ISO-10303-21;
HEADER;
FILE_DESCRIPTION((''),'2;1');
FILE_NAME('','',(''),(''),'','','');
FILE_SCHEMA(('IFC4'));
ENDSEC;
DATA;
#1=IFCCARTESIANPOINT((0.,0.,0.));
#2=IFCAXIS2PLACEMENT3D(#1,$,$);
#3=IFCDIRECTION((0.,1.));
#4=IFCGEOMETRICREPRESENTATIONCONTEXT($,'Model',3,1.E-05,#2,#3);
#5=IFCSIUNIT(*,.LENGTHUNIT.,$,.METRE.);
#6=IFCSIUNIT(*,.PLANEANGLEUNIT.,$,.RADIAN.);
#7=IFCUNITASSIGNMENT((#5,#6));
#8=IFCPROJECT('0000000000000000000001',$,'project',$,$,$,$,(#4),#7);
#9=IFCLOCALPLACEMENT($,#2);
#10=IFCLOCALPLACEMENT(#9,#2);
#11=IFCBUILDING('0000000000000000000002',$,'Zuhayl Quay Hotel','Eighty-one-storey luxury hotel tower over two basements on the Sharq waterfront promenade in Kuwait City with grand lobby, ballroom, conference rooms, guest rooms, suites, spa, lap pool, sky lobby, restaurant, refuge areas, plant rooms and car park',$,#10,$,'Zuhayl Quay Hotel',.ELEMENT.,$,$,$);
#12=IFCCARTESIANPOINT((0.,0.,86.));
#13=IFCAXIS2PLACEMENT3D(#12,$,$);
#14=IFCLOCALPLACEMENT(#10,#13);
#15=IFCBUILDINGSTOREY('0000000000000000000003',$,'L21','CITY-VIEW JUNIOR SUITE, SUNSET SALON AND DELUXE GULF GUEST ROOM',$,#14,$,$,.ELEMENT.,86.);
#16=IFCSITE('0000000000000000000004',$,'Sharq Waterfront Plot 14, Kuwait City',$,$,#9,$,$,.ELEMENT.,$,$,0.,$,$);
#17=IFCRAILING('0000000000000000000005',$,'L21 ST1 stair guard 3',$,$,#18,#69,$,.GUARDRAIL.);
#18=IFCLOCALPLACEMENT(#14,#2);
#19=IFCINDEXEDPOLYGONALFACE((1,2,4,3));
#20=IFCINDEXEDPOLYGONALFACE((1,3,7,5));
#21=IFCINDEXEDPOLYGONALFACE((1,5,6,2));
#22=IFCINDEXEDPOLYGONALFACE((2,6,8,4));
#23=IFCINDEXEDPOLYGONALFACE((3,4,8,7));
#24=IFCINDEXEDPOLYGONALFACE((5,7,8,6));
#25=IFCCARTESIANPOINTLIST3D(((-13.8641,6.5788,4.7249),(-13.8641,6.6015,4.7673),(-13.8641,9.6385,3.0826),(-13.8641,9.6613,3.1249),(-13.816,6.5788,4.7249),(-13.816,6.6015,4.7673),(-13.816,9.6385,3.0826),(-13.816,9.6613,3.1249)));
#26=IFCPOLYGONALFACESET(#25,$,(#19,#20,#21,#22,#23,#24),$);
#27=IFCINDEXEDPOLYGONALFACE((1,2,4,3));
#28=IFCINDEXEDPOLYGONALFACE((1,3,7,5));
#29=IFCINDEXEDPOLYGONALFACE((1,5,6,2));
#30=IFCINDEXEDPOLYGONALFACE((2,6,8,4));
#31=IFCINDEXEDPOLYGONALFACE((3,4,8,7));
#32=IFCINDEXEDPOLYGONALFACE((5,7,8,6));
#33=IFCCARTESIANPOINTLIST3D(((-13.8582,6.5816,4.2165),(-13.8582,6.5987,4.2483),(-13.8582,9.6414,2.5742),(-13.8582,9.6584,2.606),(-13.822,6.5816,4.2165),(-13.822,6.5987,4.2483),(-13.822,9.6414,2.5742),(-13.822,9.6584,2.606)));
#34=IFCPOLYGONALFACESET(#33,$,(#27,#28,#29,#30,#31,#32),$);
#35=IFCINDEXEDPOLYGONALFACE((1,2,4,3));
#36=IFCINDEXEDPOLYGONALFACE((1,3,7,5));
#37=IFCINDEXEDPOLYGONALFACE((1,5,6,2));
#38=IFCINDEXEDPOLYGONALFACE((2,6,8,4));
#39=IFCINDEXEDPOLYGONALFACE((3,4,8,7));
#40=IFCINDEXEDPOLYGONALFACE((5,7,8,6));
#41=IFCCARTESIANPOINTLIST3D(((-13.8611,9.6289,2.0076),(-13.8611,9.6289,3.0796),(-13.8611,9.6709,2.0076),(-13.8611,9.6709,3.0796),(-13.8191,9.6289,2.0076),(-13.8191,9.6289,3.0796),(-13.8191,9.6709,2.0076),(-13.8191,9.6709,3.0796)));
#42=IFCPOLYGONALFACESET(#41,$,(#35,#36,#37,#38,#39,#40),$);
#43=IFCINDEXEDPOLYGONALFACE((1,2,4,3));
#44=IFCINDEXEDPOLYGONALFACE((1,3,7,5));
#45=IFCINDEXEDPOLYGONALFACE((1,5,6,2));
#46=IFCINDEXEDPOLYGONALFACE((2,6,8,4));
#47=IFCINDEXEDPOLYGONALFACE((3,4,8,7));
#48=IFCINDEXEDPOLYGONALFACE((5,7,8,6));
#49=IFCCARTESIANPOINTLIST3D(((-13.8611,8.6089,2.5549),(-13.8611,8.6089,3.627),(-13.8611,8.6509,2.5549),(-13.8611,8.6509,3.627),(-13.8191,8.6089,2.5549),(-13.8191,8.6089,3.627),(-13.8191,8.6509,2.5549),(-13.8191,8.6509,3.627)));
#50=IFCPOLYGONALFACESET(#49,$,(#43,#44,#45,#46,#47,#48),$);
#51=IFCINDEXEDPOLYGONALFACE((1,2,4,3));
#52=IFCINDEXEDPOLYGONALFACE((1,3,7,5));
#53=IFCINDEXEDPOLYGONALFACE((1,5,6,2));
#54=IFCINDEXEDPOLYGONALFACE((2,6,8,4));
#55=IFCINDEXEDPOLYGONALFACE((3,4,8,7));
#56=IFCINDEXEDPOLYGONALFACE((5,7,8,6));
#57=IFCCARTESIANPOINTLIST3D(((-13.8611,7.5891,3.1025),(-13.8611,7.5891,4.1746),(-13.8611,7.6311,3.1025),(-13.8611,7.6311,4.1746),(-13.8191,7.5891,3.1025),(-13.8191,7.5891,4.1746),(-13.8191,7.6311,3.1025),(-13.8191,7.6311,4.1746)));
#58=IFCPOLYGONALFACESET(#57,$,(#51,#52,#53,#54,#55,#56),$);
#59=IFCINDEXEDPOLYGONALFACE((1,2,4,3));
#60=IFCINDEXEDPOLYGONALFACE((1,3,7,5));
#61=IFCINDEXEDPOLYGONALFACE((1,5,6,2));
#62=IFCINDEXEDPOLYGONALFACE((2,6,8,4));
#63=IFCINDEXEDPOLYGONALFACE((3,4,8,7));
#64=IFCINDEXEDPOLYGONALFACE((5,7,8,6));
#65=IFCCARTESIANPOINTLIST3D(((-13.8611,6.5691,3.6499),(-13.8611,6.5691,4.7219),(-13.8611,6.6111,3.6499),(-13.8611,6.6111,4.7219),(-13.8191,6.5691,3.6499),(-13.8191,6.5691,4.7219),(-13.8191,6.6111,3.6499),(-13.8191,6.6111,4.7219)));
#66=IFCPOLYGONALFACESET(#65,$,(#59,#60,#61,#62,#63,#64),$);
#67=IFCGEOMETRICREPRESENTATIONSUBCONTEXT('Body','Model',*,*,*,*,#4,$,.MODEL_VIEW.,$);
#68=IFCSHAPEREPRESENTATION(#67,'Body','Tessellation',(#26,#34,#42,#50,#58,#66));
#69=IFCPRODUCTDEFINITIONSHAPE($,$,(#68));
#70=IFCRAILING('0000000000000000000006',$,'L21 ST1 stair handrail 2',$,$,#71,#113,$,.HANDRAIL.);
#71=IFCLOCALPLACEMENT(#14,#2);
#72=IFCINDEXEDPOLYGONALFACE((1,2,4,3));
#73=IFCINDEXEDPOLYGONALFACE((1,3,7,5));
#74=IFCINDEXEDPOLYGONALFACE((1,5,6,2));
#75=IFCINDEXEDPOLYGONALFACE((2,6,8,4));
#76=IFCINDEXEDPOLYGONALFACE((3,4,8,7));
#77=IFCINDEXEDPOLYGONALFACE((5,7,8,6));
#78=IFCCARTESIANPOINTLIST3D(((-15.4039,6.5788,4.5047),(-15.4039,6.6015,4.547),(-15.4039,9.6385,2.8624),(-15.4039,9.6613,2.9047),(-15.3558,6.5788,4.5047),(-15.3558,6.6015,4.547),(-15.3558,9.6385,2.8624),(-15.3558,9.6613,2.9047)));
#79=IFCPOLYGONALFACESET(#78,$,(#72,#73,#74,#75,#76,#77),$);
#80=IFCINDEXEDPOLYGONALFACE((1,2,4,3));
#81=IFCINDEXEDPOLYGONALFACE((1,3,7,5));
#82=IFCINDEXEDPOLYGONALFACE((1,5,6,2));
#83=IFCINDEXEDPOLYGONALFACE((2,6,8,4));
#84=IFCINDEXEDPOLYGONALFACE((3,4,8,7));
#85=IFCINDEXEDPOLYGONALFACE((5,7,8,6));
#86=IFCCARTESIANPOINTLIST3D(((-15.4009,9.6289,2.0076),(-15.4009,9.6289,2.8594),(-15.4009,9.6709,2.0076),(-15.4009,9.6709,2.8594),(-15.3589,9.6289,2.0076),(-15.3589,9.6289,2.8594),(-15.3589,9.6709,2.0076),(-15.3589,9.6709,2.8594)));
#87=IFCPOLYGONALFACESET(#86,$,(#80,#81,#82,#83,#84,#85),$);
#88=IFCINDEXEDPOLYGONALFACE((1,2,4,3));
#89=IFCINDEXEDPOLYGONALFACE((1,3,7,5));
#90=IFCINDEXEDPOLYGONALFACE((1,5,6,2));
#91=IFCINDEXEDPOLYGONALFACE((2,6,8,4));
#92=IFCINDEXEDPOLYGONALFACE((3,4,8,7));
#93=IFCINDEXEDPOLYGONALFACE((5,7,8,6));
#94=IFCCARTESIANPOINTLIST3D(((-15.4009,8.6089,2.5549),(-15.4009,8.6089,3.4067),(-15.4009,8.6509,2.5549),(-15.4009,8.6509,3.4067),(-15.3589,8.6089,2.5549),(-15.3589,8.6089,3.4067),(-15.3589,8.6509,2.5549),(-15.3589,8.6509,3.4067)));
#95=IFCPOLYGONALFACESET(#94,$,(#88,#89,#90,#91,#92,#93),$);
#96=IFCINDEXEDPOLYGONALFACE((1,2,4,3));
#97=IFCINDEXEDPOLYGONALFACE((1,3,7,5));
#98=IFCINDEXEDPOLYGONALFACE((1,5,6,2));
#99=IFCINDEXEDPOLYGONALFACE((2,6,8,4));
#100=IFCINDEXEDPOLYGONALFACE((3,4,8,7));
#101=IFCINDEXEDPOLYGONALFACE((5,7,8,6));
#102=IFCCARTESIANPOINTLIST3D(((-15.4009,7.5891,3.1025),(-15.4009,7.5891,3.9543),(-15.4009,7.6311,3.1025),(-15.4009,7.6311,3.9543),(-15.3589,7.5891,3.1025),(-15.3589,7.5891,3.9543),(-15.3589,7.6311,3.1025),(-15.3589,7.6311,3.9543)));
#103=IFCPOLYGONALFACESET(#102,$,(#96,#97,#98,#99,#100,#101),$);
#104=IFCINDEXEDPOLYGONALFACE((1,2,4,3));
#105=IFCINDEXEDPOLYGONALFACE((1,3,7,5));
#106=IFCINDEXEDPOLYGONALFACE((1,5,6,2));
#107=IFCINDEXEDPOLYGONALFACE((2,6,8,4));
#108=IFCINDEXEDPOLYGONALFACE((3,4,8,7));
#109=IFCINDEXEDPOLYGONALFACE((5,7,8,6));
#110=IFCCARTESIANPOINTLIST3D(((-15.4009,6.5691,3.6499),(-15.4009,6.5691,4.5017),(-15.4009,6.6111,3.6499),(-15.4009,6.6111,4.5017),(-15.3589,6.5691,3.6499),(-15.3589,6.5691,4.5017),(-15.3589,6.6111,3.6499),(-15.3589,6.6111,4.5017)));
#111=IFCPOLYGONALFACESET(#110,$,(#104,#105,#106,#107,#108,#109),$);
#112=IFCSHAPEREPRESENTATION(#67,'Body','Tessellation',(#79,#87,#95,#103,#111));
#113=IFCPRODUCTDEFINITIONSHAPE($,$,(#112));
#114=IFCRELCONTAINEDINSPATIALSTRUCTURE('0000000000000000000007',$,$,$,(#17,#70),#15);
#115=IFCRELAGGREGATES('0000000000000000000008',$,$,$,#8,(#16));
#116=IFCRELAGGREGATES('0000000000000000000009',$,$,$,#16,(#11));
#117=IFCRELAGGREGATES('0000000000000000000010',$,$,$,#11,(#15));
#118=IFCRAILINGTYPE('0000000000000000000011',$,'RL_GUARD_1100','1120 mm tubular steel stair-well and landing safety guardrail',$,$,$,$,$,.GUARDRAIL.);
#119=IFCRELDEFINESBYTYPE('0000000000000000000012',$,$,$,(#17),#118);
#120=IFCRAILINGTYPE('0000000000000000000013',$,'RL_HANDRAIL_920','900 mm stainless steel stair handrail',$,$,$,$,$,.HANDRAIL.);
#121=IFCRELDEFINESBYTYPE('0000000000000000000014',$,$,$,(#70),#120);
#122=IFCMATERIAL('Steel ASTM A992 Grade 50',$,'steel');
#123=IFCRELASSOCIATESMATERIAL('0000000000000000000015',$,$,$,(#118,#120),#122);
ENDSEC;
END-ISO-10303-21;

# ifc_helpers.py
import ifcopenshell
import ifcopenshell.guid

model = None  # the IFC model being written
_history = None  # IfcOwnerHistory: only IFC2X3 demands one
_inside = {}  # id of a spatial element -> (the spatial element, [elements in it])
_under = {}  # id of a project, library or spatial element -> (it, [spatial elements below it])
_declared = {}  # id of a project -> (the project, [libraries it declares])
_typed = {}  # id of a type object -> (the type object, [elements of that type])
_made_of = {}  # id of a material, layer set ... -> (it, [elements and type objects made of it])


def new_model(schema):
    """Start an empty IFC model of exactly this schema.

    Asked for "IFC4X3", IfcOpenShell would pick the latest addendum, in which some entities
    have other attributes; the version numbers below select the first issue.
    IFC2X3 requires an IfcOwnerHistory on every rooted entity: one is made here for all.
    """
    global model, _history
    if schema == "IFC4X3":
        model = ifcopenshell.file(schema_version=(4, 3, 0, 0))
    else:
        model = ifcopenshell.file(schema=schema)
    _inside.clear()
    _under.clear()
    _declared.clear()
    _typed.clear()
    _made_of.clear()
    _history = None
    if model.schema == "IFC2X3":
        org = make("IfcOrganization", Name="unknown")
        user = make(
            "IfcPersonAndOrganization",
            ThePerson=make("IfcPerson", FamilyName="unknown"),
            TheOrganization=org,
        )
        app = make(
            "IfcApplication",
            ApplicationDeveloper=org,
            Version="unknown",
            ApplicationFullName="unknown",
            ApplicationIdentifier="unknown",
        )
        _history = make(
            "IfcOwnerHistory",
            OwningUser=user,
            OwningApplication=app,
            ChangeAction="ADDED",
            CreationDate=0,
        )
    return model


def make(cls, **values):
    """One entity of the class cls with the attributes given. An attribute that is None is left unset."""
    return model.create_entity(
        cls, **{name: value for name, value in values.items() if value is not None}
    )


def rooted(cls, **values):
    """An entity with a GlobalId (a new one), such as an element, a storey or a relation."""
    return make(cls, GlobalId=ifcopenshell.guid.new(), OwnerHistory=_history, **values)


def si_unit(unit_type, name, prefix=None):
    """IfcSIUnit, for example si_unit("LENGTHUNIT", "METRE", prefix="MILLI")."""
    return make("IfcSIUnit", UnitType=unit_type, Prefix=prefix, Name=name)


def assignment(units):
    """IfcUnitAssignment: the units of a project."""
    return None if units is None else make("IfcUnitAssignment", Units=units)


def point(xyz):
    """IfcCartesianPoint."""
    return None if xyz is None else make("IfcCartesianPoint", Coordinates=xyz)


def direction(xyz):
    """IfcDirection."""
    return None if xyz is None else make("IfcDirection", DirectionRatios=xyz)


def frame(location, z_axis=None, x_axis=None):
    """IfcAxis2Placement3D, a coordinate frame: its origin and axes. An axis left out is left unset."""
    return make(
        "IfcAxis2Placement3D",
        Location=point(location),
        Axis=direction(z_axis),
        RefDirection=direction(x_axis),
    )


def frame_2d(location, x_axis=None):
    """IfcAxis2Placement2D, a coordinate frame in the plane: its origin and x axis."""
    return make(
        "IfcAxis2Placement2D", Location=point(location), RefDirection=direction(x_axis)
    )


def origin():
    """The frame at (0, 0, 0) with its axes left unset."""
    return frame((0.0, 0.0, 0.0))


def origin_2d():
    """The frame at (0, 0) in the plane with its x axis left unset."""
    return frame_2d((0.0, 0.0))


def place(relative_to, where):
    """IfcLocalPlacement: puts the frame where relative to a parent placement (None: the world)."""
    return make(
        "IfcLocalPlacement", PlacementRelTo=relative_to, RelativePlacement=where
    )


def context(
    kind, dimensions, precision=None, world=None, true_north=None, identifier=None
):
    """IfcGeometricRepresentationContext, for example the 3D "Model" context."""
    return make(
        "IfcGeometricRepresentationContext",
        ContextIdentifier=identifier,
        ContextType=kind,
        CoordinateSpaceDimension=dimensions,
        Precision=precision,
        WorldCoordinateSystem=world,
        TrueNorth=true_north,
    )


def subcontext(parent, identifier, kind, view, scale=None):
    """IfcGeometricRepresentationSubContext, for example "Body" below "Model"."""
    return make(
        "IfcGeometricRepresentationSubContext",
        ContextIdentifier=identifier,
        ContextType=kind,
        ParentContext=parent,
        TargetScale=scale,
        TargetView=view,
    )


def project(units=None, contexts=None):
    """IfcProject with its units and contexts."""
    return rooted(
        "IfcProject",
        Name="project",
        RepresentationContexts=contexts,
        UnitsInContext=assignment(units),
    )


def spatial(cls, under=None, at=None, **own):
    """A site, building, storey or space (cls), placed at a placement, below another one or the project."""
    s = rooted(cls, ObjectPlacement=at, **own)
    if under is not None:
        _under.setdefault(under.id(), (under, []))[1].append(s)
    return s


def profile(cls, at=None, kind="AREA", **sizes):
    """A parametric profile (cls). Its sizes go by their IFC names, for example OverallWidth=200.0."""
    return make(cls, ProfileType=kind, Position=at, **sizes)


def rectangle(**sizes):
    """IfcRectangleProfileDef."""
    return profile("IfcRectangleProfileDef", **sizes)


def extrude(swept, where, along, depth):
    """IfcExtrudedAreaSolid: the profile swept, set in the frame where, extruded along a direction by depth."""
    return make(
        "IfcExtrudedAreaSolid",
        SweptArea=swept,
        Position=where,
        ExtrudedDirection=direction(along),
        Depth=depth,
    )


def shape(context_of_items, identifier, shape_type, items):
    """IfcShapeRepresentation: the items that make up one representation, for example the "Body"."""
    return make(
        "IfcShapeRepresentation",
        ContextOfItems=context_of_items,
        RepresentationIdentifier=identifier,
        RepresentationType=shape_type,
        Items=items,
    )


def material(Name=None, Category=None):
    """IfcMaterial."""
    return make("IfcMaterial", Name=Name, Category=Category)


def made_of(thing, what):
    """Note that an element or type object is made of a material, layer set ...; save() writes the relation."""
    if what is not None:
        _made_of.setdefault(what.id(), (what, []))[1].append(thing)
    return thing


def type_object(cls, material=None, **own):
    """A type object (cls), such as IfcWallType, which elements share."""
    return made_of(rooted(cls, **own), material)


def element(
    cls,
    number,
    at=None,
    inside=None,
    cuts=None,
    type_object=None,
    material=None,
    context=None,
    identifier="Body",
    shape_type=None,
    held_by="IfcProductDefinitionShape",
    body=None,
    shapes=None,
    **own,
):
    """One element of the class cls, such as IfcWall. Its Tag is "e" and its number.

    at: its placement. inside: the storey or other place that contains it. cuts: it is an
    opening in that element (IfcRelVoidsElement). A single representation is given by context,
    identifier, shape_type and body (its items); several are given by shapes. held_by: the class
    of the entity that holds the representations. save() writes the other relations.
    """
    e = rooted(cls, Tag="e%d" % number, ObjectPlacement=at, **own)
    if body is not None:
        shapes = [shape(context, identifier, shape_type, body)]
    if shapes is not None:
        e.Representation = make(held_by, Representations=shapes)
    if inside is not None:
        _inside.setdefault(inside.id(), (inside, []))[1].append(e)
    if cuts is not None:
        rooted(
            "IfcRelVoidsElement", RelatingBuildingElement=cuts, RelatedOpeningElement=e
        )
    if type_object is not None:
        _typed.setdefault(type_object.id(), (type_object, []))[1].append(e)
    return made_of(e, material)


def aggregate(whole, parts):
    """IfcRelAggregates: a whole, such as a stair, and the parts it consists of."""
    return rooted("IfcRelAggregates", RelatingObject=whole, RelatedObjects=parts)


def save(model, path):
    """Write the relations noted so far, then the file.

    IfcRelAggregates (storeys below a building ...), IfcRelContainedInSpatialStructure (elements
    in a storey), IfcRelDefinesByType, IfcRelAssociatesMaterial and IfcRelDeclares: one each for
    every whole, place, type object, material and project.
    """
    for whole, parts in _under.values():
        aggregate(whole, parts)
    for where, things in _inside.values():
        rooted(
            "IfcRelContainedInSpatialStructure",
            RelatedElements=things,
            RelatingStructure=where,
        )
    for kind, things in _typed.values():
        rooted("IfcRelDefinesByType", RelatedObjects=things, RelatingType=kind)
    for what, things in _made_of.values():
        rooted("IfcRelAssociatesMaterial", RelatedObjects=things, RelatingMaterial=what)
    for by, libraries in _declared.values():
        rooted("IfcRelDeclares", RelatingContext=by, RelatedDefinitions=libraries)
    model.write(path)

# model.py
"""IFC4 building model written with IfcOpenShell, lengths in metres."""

from ifc_helpers import new_model, si_unit, direction, frame, origin, origin_2d, place, context, subcontext, project, spatial, rectangle, extrude, material, type_object, element, save


model = new_model("IFC4")

# Units and contexts
model_context = context("Model", 3, precision=1e-05, world=origin(), true_north=direction((0.0, 1.0)))
body_context = subcontext(model_context, "Body", "Model", "MODEL_VIEW")
ifc_project = project(units=[si_unit("LENGTHUNIT", "METRE"), si_unit("PLANEANGLEUNIT", "RADIAN")], contexts=[model_context])

# Site, building, storey
site_placement = place(None, origin())
site = spatial("IfcSite", under=ifc_project, at=site_placement, Name="Sharq Waterfront Plot 14, Kuwait City", CompositionType="ELEMENT", RefElevation=0.0)
building_placement = place(site_placement, origin())
building = spatial("IfcBuilding", under=site, at=building_placement, Name="Zuhayl Quay Hotel", Description="Eighty-one-storey luxury hotel tower over two basements on the Sharq waterfront promenade in Kuwait City with grand lobby, ballroom, conference rooms, guest rooms, suites, spa, lap pool, sky lobby, restaurant, refuge areas, plant rooms and car park", LongName="Zuhayl Quay Hotel", CompositionType="ELEMENT")
storey_placement = place(building_placement, frame((0.0, 0.0, 86.0)))
storey = spatial("IfcBuildingStorey", under=building, at=storey_placement, Name="L21", Description="CITY-VIEW JUNIOR SUITE, SUNSET SALON AND DELUXE GULF GUEST ROOM", CompositionType="ELEMENT", Elevation=86.0)

# Shared definitions
ifc_material_1 = material(Name="Steel ASTM A992 Grade 50", Category="steel")

# Railings
railing_type_1 = type_object("IfcRailingType", Name="RL_GUARD_1100", Description="1120 mm tubular steel stair-well and landing safety guardrail", PredefinedType="GUARDRAIL", material=ifc_material_1)
railing_1_placement = place(storey_placement, frame((-13.8401, 9.6499, 2.0076)))
element("IfcRailing", 1, at=railing_1_placement, inside=storey, type_object=railing_type_1, Name="L21 ST1 stair guard 3", PredefinedType="GUARDRAIL", context=body_context, shape_type="SweptSolid", body=[
    extrude(rectangle(XDim=0.0481, YDim=0.0481, at=origin_2d()), frame((0.0, 0.0, 1.0962), z_axis=(0.0, -0.881102, 0.472926), x_axis=(1.0, 0.0, 0.0)), (0.0, 0.0, 1.0), 3.4727),
    extrude(rectangle(XDim=0.0361, YDim=0.0361, at=origin_2d()), frame((0.0, 0.0, 0.5825), z_axis=(0.0, -0.881102, 0.472926), x_axis=(1.0, 0.0, 0.0)), (0.0, 0.0, 1.0), 3.4727),
    extrude(rectangle(XDim=0.042, YDim=0.042, at=origin_2d()), origin(), (0.0, 0.0, 1.0), 1.072),
    extrude(rectangle(XDim=0.042, YDim=0.042, at=origin_2d()), frame((0.0, -1.02, 0.5474)), (0.0, 0.0, 1.0), 1.072),
    extrude(rectangle(XDim=0.042, YDim=0.042, at=origin_2d()), frame((0.0, -2.0398, 1.095)), (0.0, 0.0, 1.0), 1.072),
    extrude(rectangle(XDim=0.042, YDim=0.042, at=origin_2d()), frame((0.0, -3.0598, 1.6423)), (0.0, 0.0, 1.0), 1.072),
])
railing_type_2 = type_object("IfcRailingType", Name="RL_HANDRAIL_920", Description="900 mm stainless steel stair handrail", PredefinedType="HANDRAIL", material=ifc_material_1)
railing_2_placement = place(storey_placement, frame((-15.3799, 9.6499, 2.0076)))
element("IfcRailing", 2, at=railing_2_placement, inside=storey, type_object=railing_type_2, Name="L21 ST1 stair handrail 2", PredefinedType="HANDRAIL", context=body_context, shape_type="SweptSolid", body=[
    extrude(rectangle(XDim=0.0481, YDim=0.0481, at=origin_2d()), frame((0.0, 0.0, 0.876), z_axis=(0.0, -0.881102, 0.472926), x_axis=(1.0, 0.0, 0.0)), (0.0, 0.0, 1.0), 3.4727),
    extrude(rectangle(XDim=0.042, YDim=0.042, at=origin_2d()), origin(), (0.0, 0.0, 1.0), 0.8518),
    extrude(rectangle(XDim=0.042, YDim=0.042, at=origin_2d()), frame((0.0, -1.02, 0.5474)), (0.0, 0.0, 1.0), 0.8518),
    extrude(rectangle(XDim=0.042, YDim=0.042, at=origin_2d()), frame((0.0, -2.0398, 1.095)), (0.0, 0.0, 1.0), 0.8518),
    extrude(rectangle(XDim=0.042, YDim=0.042, at=origin_2d()), frame((0.0, -3.0598, 1.6423)), (0.0, 0.0, 1.0), 0.8518),
])

save(model, "model.ifc")
